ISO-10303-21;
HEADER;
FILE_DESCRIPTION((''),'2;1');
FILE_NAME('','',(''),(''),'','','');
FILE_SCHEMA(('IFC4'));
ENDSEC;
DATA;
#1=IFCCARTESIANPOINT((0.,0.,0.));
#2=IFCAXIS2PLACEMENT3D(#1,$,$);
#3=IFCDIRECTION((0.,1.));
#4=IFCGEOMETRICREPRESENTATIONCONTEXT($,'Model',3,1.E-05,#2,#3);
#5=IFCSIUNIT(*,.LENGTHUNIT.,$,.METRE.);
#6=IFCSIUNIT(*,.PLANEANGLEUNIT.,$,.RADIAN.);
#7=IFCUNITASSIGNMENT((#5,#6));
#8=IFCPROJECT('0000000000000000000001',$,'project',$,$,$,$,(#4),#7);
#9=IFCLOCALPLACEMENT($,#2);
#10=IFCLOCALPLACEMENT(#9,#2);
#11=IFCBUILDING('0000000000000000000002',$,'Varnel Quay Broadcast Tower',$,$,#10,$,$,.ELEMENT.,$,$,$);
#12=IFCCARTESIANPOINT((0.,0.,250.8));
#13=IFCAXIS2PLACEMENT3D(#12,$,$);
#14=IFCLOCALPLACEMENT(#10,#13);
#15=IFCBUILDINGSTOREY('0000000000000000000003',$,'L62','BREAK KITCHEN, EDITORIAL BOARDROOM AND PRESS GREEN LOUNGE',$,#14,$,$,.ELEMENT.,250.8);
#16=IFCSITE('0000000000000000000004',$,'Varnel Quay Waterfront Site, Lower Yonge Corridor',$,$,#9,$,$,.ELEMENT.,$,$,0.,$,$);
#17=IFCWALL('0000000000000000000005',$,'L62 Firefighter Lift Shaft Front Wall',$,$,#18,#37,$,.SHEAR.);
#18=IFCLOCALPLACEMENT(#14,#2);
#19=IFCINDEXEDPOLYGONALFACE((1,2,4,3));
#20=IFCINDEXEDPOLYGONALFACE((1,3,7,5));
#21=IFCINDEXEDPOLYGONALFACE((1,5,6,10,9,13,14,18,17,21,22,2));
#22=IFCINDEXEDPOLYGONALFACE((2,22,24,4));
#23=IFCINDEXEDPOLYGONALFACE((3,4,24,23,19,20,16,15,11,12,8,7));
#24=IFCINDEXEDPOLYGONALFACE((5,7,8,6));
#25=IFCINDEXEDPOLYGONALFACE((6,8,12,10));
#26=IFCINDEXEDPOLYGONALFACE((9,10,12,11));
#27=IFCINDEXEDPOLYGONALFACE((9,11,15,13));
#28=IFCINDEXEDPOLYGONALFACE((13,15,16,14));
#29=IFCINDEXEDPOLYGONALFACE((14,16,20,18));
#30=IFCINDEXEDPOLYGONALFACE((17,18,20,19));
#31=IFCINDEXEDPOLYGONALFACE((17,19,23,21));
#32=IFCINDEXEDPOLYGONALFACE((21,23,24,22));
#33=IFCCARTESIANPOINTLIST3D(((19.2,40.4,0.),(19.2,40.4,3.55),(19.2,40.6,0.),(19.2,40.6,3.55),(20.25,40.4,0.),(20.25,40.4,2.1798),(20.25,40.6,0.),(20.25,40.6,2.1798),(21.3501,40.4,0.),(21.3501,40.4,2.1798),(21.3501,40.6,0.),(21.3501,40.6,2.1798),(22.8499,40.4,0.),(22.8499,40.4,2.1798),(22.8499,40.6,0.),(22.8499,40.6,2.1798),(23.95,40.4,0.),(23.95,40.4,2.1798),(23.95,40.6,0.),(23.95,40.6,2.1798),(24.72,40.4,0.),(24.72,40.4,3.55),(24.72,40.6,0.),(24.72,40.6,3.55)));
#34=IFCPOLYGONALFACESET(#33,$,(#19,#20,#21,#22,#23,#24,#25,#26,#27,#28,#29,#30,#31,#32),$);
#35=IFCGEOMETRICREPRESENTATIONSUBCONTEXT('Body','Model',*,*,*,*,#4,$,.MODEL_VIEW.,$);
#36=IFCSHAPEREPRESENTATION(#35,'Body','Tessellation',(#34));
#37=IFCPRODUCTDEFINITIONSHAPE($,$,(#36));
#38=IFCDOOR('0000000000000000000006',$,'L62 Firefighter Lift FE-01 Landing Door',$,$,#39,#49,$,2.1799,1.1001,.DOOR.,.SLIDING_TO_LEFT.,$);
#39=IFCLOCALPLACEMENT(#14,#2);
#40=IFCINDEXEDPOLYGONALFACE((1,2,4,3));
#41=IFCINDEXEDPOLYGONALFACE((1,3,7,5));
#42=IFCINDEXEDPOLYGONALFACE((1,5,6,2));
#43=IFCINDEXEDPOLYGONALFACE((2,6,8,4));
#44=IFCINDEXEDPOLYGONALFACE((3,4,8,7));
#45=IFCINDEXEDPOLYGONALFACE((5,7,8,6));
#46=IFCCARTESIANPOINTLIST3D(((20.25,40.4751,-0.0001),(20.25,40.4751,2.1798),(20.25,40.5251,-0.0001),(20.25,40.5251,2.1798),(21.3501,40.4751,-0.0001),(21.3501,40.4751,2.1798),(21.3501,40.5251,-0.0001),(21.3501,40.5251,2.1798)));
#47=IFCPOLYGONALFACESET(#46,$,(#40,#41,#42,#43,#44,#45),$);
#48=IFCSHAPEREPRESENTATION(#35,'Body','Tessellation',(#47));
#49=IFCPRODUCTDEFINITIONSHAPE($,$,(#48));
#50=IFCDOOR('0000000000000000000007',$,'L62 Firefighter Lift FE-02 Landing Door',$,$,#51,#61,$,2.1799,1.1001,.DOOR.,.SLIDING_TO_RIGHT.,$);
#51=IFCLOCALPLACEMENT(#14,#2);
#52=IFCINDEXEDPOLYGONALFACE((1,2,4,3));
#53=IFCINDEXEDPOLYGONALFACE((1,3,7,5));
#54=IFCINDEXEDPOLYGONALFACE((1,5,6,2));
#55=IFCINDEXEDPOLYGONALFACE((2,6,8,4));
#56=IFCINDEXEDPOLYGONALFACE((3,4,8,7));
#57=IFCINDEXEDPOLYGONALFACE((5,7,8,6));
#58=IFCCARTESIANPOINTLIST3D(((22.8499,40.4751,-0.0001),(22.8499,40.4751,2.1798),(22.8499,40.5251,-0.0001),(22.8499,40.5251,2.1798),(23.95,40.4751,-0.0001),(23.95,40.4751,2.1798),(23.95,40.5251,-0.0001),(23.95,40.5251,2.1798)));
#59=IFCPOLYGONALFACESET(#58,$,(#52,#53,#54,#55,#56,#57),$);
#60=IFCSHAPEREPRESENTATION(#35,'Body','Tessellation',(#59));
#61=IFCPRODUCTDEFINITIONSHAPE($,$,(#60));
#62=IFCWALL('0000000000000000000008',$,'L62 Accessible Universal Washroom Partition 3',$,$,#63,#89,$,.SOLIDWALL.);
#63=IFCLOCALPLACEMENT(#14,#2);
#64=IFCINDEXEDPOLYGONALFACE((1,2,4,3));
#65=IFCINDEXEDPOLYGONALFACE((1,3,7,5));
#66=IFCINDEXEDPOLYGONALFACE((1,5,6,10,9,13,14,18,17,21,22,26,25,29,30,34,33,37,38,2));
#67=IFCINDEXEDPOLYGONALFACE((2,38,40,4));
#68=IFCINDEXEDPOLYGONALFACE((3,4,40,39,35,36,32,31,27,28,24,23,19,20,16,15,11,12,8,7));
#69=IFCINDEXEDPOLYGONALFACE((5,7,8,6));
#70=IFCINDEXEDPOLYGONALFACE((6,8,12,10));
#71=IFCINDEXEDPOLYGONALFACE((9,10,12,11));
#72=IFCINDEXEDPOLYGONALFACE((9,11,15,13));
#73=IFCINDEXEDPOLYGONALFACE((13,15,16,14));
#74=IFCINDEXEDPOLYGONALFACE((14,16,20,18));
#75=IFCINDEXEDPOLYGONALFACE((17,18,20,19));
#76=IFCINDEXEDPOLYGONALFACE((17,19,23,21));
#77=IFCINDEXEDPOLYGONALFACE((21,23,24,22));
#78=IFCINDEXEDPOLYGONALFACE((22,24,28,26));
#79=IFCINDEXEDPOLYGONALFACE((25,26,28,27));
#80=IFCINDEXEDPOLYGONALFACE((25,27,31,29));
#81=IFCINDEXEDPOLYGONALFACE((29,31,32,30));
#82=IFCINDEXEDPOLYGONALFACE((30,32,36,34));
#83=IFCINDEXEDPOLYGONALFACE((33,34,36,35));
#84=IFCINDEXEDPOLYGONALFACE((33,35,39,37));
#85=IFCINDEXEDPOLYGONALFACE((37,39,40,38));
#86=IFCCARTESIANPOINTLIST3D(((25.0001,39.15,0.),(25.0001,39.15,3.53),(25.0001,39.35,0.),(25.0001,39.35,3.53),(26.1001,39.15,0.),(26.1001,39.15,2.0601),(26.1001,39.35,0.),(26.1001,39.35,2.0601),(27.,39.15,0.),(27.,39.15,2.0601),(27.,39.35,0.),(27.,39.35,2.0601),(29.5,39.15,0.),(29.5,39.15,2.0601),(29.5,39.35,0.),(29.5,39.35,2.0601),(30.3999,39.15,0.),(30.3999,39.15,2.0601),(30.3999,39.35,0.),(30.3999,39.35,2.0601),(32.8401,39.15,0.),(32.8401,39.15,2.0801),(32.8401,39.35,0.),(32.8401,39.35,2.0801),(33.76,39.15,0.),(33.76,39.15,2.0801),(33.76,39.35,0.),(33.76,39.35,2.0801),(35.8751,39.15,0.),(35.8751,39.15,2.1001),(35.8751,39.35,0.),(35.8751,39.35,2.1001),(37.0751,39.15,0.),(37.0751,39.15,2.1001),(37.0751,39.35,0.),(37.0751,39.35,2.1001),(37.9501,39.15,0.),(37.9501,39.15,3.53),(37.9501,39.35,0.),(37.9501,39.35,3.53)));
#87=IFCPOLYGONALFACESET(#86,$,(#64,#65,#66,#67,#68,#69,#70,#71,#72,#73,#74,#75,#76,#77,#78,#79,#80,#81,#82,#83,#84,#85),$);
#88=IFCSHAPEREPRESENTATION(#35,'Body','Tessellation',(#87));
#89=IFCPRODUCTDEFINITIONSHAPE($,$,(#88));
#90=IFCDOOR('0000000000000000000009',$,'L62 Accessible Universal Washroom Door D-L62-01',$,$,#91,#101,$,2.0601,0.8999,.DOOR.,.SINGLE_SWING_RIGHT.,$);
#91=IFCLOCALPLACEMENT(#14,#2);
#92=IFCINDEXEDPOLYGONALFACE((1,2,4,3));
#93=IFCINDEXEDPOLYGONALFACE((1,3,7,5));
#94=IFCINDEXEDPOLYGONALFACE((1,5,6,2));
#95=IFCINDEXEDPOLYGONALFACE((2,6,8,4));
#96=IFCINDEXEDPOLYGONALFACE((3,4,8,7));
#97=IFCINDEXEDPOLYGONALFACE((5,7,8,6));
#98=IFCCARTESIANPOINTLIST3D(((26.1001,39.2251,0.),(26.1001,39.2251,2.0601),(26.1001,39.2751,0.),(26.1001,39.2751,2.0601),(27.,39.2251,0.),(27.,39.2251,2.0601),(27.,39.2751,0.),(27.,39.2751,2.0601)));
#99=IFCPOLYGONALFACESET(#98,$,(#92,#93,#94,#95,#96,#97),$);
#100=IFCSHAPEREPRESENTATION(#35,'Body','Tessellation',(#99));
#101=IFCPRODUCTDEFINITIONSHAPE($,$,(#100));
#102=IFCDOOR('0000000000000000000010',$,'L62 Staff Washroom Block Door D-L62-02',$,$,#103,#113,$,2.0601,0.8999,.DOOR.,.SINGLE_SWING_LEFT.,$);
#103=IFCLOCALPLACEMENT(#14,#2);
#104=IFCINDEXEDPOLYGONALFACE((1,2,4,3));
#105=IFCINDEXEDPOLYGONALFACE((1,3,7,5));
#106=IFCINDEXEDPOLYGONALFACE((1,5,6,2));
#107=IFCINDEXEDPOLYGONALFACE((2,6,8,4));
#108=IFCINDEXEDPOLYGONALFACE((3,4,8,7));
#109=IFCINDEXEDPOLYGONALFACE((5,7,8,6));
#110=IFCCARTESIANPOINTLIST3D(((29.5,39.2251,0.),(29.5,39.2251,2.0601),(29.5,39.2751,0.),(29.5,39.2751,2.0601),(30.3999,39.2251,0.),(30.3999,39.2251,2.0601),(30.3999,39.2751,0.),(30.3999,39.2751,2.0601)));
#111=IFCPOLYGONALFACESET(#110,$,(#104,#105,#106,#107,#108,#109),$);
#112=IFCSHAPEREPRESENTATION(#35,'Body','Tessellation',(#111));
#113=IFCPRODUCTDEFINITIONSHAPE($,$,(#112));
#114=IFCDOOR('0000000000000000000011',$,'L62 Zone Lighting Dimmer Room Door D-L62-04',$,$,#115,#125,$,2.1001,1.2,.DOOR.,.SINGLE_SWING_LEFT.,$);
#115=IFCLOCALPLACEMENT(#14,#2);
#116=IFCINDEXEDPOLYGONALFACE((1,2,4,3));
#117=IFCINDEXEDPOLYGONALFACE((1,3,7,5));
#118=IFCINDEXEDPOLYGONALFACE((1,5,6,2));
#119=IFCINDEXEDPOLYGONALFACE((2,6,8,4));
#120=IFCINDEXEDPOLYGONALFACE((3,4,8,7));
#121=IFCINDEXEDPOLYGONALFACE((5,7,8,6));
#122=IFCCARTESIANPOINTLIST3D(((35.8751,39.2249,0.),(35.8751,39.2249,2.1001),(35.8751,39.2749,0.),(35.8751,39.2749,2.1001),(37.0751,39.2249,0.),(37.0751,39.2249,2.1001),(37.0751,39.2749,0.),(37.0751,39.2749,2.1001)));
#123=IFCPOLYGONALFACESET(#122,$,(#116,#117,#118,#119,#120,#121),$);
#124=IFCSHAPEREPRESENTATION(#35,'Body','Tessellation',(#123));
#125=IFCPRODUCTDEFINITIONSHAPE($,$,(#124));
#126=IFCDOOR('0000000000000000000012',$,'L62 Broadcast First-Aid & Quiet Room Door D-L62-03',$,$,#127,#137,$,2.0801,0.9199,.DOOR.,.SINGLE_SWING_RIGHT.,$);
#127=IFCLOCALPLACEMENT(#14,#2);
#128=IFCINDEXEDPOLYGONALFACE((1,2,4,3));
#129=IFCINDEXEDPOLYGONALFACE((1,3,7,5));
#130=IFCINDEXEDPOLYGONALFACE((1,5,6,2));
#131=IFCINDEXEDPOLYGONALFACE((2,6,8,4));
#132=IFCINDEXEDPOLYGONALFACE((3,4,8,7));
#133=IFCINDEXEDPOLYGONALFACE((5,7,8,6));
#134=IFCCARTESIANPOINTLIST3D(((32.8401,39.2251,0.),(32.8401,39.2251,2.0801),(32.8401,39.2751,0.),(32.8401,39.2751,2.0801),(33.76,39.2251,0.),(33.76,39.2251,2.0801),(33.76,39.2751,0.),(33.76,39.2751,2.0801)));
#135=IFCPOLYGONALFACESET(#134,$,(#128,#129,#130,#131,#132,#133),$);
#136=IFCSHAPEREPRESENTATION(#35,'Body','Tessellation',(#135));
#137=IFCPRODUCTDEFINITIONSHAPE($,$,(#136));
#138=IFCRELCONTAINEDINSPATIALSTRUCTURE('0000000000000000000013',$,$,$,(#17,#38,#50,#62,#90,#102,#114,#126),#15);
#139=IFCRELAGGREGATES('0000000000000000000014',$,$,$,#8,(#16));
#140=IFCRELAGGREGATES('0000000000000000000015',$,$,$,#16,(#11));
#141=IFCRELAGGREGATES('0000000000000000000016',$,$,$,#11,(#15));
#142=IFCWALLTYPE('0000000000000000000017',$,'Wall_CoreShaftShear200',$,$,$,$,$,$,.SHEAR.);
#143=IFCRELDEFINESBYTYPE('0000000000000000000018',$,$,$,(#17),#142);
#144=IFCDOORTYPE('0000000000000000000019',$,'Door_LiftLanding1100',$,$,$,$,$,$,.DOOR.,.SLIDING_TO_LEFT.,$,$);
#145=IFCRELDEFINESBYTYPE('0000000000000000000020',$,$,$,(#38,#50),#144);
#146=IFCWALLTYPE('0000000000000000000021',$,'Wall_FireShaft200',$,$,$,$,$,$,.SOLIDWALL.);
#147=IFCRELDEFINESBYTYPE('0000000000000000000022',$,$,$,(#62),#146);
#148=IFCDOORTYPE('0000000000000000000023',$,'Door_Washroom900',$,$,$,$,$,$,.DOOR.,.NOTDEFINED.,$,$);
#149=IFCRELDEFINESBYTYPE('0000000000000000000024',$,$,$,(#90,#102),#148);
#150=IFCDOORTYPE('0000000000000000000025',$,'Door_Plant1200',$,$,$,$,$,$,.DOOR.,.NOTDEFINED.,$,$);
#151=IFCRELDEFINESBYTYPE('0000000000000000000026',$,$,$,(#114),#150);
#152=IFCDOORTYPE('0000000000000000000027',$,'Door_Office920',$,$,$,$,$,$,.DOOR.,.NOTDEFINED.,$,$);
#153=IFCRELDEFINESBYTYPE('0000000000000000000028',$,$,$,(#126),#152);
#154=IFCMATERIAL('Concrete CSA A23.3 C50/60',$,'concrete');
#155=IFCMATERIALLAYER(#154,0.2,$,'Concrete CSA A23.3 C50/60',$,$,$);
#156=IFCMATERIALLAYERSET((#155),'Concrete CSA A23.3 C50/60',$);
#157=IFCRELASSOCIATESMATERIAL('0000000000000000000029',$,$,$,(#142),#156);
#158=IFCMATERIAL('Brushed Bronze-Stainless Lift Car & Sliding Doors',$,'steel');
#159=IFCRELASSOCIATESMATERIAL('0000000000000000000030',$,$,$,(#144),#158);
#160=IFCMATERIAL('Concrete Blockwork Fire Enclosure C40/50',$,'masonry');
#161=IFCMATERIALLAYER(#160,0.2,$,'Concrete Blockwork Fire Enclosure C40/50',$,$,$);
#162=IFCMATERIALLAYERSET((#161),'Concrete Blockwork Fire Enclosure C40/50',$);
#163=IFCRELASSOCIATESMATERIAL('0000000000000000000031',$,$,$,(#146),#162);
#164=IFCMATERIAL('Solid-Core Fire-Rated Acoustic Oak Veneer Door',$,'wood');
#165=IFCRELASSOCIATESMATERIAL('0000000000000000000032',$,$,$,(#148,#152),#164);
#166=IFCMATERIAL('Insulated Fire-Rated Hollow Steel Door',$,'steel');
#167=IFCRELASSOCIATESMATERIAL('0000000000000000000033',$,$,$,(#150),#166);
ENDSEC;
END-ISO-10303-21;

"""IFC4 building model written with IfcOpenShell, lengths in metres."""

from ifc_helpers import new_model, si_unit, direction, frame, frame_2d, origin, place, context, subcontext, project, spatial, rectangle, extrude, source, transform, mapped, material, layer, layer_set, type_object, type_shapes, element, fill, save


model = new_model("IFC4")

# Units and contexts
model_context = context("Model", 3, precision=1e-05, world=origin(), true_north=direction((0.0, 1.0)))
body_context = subcontext(model_context, "Body", "Model", "MODEL_VIEW")
ifc_project = project(units=[si_unit("LENGTHUNIT", "METRE"), si_unit("PLANEANGLEUNIT", "RADIAN")], contexts=[model_context])

# Site, building, storey
site_placement = place(None, origin())
site = spatial("IfcSite", under=ifc_project, at=site_placement, Name="Varnel Quay Waterfront Site, Lower Yonge Corridor", CompositionType="ELEMENT", RefElevation=0.0)
building_placement = place(site_placement, origin())
building = spatial("IfcBuilding", under=site, at=building_placement, Name="Varnel Quay Broadcast Tower", CompositionType="ELEMENT")
storey_placement = place(building_placement, frame((0.0, 0.0, 250.8)))
storey = spatial("IfcBuildingStorey", under=building, at=storey_placement, Name="L62", Description="BREAK KITCHEN, EDITORIAL BOARDROOM AND PRESS GREEN LOUNGE", CompositionType="ELEMENT", Elevation=250.8)

# Walls, openings, doors
ifc_material_1 = material(Name="Concrete CSA A23.3 C50/60", Category="concrete")
ifc_layer_1 = layer(ifc_material_1, 0.2, Name="Concrete CSA A23.3 C50/60")
ifc_layer_set_1 = layer_set([ifc_layer_1], Name="Concrete CSA A23.3 C50/60")
wall_type_1 = type_object("IfcWallType", Name="Wall_CoreShaftShear200", PredefinedType="SHEAR", material=ifc_layer_set_1)
wall_1_placement = place(storey_placement, frame((19.2, 40.5, 0.0), z_axis=(0.0, 0.0, 1.0), x_axis=(1.0, 0.0, 0.0)))
wall_1 = element("IfcWall", 1, at=wall_1_placement, inside=storey, type_object=wall_type_1, Name="L62 Firefighter Lift Shaft Front Wall", PredefinedType="SHEAR", context=body_context, shape_type="SweptSolid", body=[
    extrude(rectangle(XDim=5.52, YDim=0.2, at=frame_2d((2.76, 0.0))), origin(), (0.0, 0.0, 1.0), 3.55),
])
opening_1_placement = place(wall_1_placement, frame((1.05, 0.0, 0.0)))
opening_1 = element("IfcOpeningElement", 2, at=opening_1_placement, cuts=wall_1, PredefinedType="OPENING", context=body_context, shape_type="SweptSolid", body=[
    extrude(rectangle(XDim=1.1001, YDim=2.1799, at=frame_2d((0.55, 1.0898))), frame((0.0, 0.1099, 0.0), z_axis=(0.0, -1.0, 0.0), x_axis=(1.0, 0.0, 0.0)), (0.0, 0.0, 1.0), 0.22),
])
opening_2_placement = place(wall_1_placement, frame((3.6499, 0.0, 0.0)))
opening_2 = element("IfcOpeningElement", 3, at=opening_2_placement, cuts=wall_1, PredefinedType="OPENING", context=body_context, shape_type="SweptSolid", body=[
    extrude(rectangle(XDim=1.1001, YDim=2.1799, at=frame_2d((0.55, 1.0898))), frame((0.0, 0.1099, 0.0), z_axis=(0.0, -1.0, 0.0), x_axis=(1.0, 0.0, 0.0)), (0.0, 0.0, 1.0), 0.22),
])
ifc_material_2 = material(Name="Brushed Bronze-Stainless Lift Car & Sliding Doors", Category="steel")
door_type_1 = type_object("IfcDoorType", Name="Door_LiftLanding1100", OperationType="SLIDING_TO_LEFT", PredefinedType="DOOR", material=ifc_material_2)
shared_shape_1 = source(origin(), body_context, "Body", "SweptSolid", [
    extrude(rectangle(XDim=1.1001, YDim=2.1799, at=frame_2d((0.55, 1.0898))), frame((0.0, 0.0249, 0.0), z_axis=(0.0, -1.0, 0.0), x_axis=(1.0, 0.0, 0.0)), (0.0, 0.0, 1.0), 0.05),
])
type_shapes(door_type_1, [shared_shape_1])
door_1_placement = place(opening_1_placement, frame((1.1001, 0.0, 0.0), z_axis=(0.0, 0.0, 1.0), x_axis=(-1.0, 0.0, 0.0)))
door_1 = element("IfcDoor", 4, at=door_1_placement, inside=storey, type_object=door_type_1, Name="L62 Firefighter Lift FE-01 Landing Door", OperationType="SLIDING_TO_LEFT", OverallHeight=2.1799, OverallWidth=1.1001, PredefinedType="DOOR", context=body_context, shape_type="MappedRepresentation", body=[
    mapped(shared_shape_1, transform((0.0, 0.0, 0.0), x_axis=(1.0, 0.0, 0.0), y_axis=(0.0, 1.0, 0.0), z_axis=(0.0, 0.0, 1.0), scale=1.0)),
])
fill(opening_1, door_1)
door_2_placement = place(opening_2_placement, frame((1.1001, 0.0, 0.0), z_axis=(0.0, 0.0, 1.0), x_axis=(-1.0, 0.0, 0.0)))
door_2 = element("IfcDoor", 5, at=door_2_placement, inside=storey, type_object=door_type_1, Name="L62 Firefighter Lift FE-02 Landing Door", OperationType="SLIDING_TO_RIGHT", OverallHeight=2.1799, OverallWidth=1.1001, PredefinedType="DOOR", context=body_context, shape_type="MappedRepresentation", body=[
    mapped(shared_shape_1, transform((0.0, 0.0, 0.0), x_axis=(1.0, 0.0, 0.0), y_axis=(0.0, 1.0, 0.0), z_axis=(0.0, 0.0, 1.0), scale=1.0)),
])
fill(opening_2, door_2)
ifc_material_3 = material(Name="Concrete Blockwork Fire Enclosure C40/50", Category="masonry")
ifc_layer_2 = layer(ifc_material_3, 0.2, Name="Concrete Blockwork Fire Enclosure C40/50")
ifc_layer_set_2 = layer_set([ifc_layer_2], Name="Concrete Blockwork Fire Enclosure C40/50")
wall_type_2 = type_object("IfcWallType", Name="Wall_FireShaft200", PredefinedType="SOLIDWALL", material=ifc_layer_set_2)
wall_2_placement = place(storey_placement, frame((25.0, 39.25, 0.0), z_axis=(0.0, 0.0, 1.0), x_axis=(1.0, 0.0, 0.0)))
wall_2 = element("IfcWall", 6, at=wall_2_placement, inside=storey, type_object=wall_type_2, Name="L62 Accessible Universal Washroom Partition 3", PredefinedType="SOLIDWALL", context=body_context, shape_type="SweptSolid", body=[
    extrude(rectangle(XDim=12.95, YDim=0.2, at=frame_2d((6.4751, 0.0))), origin(), (0.0, 0.0, 1.0), 3.53),
])
opening_3_placement = place(wall_2_placement, frame((1.1001, 0.0, 0.0)))
opening_3 = element("IfcOpeningElement", 7, at=opening_3_placement, cuts=wall_2, PredefinedType="OPENING", context=body_context, shape_type="SweptSolid", body=[
    extrude(rectangle(XDim=0.8999, YDim=2.0601, at=frame_2d((0.45, 1.03))), frame((0.0, 0.1099, 0.0), z_axis=(0.0, -1.0, 0.0), x_axis=(1.0, 0.0, 0.0)), (0.0, 0.0, 1.0), 0.22),
])
opening_4_placement = place(wall_2_placement, frame((4.5, 0.0, 0.0)))
opening_4 = element("IfcOpeningElement", 8, at=opening_4_placement, cuts=wall_2, PredefinedType="OPENING", context=body_context, shape_type="SweptSolid", body=[
    extrude(rectangle(XDim=0.8999, YDim=2.0601, at=frame_2d((0.45, 1.03))), frame((0.0, 0.1099, 0.0), z_axis=(0.0, -1.0, 0.0), x_axis=(1.0, 0.0, 0.0)), (0.0, 0.0, 1.0), 0.22),
])
opening_5_placement = place(wall_2_placement, frame((7.8401, 0.0, 0.0)))
opening_5 = element("IfcOpeningElement", 9, at=opening_5_placement, cuts=wall_2, PredefinedType="OPENING", context=body_context, shape_type="SweptSolid", body=[
    extrude(rectangle(XDim=0.9199, YDim=2.0801, at=frame_2d((0.46, 1.04))), frame((0.0, 0.1099, 0.0), z_axis=(0.0, -1.0, 0.0), x_axis=(1.0, 0.0, 0.0)), (0.0, 0.0, 1.0), 0.22),
])
opening_6_placement = place(wall_2_placement, frame((10.875, 0.0, 0.0)))
opening_6 = element("IfcOpeningElement", 10, at=opening_6_placement, cuts=wall_2, PredefinedType="OPENING", context=body_context, shape_type="SweptSolid", body=[
    extrude(rectangle(XDim=1.2, YDim=2.1001, at=frame_2d((0.6001, 1.05))), frame((0.0, 0.1099, 0.0), z_axis=(0.0, -1.0, 0.0), x_axis=(1.0, 0.0, 0.0)), (0.0, 0.0, 1.0), 0.22),
])
ifc_material_4 = material(Name="Solid-Core Fire-Rated Acoustic Oak Veneer Door", Category="wood")
door_type_2 = type_object("IfcDoorType", Name="Door_Washroom900", OperationType="NOTDEFINED", PredefinedType="DOOR", material=ifc_material_4)
shared_shape_2 = source(origin(), body_context, "Body", "SweptSolid", [
    extrude(rectangle(XDim=0.8999, YDim=2.0601, at=frame_2d((0.45, 1.03))), frame((0.0, 0.0249, 0.0), z_axis=(0.0, -1.0, 0.0), x_axis=(1.0, 0.0, 0.0)), (0.0, 0.0, 1.0), 0.05),
])
type_shapes(door_type_2, [shared_shape_2])
door_3_placement = place(opening_3_placement, frame((0.8999, 0.0, 0.0), z_axis=(0.0, 0.0, 1.0), x_axis=(-1.0, 0.0, 0.0)))
door_3 = element("IfcDoor", 11, at=door_3_placement, inside=storey, type_object=door_type_2, Name="L62 Accessible Universal Washroom Door D-L62-01", OperationType="SINGLE_SWING_RIGHT", OverallHeight=2.0601, OverallWidth=0.8999, PredefinedType="DOOR", context=body_context, shape_type="MappedRepresentation", body=[
    mapped(shared_shape_2, transform((0.0, 0.0, 0.0), x_axis=(1.0, 0.0, 0.0), y_axis=(0.0, 1.0, 0.0), z_axis=(0.0, 0.0, 1.0), scale=1.0)),
])
fill(opening_3, door_3)
door_4_placement = place(opening_4_placement, frame((0.8999, 0.0, 0.0), z_axis=(0.0, 0.0, 1.0), x_axis=(-1.0, 0.0, 0.0)))
door_4 = element("IfcDoor", 12, at=door_4_placement, inside=storey, type_object=door_type_2, Name="L62 Staff Washroom Block Door D-L62-02", OperationType="SINGLE_SWING_LEFT", OverallHeight=2.0601, OverallWidth=0.8999, PredefinedType="DOOR", context=body_context, shape_type="MappedRepresentation", body=[
    mapped(shared_shape_2, transform((0.0, 0.0, 0.0), x_axis=(1.0, 0.0, 0.0), y_axis=(0.0, 1.0, 0.0), z_axis=(0.0, 0.0, 1.0), scale=1.0)),
])
fill(opening_4, door_4)
ifc_material_5 = material(Name="Insulated Fire-Rated Hollow Steel Door", Category="steel")
door_type_3 = type_object("IfcDoorType", Name="Door_Plant1200", OperationType="NOTDEFINED", PredefinedType="DOOR", material=ifc_material_5)
shared_shape_3 = source(origin(), body_context, "Body", "SweptSolid", [
    extrude(rectangle(XDim=1.2, YDim=2.1001, at=frame_2d((0.6001, 1.05))), frame((0.0, 0.0249, 0.0), z_axis=(0.0, -1.0, 0.0), x_axis=(1.0, 0.0, 0.0)), (0.0, 0.0, 1.0), 0.05),
])
type_shapes(door_type_3, [shared_shape_3])
door_5_placement = place(opening_6_placement, origin())
door_5 = element("IfcDoor", 13, at=door_5_placement, inside=storey, type_object=door_type_3, Name="L62 Zone Lighting Dimmer Room Door D-L62-04", OperationType="SINGLE_SWING_LEFT", OverallHeight=2.1001, OverallWidth=1.2, PredefinedType="DOOR", context=body_context, shape_type="MappedRepresentation", body=[
    mapped(shared_shape_3, transform((0.0, 0.0, 0.0), x_axis=(1.0, 0.0, 0.0), y_axis=(0.0, 1.0, 0.0), z_axis=(0.0, 0.0, 1.0), scale=1.0)),
])
fill(opening_6, door_5)
door_type_4 = type_object("IfcDoorType", Name="Door_Office920", OperationType="NOTDEFINED", PredefinedType="DOOR", material=ifc_material_4)
shared_shape_4 = source(origin(), body_context, "Body", "SweptSolid", [
    extrude(rectangle(XDim=0.9199, YDim=2.0801, at=frame_2d((0.46, 1.04))), frame((0.0, 0.0249, 0.0), z_axis=(0.0, -1.0, 0.0), x_axis=(1.0, 0.0, 0.0)), (0.0, 0.0, 1.0), 0.05),
])
type_shapes(door_type_4, [shared_shape_4])
door_6_placement = place(opening_5_placement, frame((0.9199, 0.0, 0.0), z_axis=(0.0, 0.0, 1.0), x_axis=(-1.0, 0.0, 0.0)))
door_6 = element("IfcDoor", 14, at=door_6_placement, inside=storey, type_object=door_type_4, Name="L62 Broadcast First-Aid & Quiet Room Door D-L62-03", OperationType="SINGLE_SWING_RIGHT", OverallHeight=2.0801, OverallWidth=0.9199, PredefinedType="DOOR", context=body_context, shape_type="MappedRepresentation", body=[
    mapped(shared_shape_4, transform((0.0, 0.0, 0.0), x_axis=(1.0, 0.0, 0.0), y_axis=(0.0, 1.0, 0.0), z_axis=(0.0, 0.0, 1.0), scale=1.0)),
])
fill(opening_5, door_6)

save(model, "model.ifc")
